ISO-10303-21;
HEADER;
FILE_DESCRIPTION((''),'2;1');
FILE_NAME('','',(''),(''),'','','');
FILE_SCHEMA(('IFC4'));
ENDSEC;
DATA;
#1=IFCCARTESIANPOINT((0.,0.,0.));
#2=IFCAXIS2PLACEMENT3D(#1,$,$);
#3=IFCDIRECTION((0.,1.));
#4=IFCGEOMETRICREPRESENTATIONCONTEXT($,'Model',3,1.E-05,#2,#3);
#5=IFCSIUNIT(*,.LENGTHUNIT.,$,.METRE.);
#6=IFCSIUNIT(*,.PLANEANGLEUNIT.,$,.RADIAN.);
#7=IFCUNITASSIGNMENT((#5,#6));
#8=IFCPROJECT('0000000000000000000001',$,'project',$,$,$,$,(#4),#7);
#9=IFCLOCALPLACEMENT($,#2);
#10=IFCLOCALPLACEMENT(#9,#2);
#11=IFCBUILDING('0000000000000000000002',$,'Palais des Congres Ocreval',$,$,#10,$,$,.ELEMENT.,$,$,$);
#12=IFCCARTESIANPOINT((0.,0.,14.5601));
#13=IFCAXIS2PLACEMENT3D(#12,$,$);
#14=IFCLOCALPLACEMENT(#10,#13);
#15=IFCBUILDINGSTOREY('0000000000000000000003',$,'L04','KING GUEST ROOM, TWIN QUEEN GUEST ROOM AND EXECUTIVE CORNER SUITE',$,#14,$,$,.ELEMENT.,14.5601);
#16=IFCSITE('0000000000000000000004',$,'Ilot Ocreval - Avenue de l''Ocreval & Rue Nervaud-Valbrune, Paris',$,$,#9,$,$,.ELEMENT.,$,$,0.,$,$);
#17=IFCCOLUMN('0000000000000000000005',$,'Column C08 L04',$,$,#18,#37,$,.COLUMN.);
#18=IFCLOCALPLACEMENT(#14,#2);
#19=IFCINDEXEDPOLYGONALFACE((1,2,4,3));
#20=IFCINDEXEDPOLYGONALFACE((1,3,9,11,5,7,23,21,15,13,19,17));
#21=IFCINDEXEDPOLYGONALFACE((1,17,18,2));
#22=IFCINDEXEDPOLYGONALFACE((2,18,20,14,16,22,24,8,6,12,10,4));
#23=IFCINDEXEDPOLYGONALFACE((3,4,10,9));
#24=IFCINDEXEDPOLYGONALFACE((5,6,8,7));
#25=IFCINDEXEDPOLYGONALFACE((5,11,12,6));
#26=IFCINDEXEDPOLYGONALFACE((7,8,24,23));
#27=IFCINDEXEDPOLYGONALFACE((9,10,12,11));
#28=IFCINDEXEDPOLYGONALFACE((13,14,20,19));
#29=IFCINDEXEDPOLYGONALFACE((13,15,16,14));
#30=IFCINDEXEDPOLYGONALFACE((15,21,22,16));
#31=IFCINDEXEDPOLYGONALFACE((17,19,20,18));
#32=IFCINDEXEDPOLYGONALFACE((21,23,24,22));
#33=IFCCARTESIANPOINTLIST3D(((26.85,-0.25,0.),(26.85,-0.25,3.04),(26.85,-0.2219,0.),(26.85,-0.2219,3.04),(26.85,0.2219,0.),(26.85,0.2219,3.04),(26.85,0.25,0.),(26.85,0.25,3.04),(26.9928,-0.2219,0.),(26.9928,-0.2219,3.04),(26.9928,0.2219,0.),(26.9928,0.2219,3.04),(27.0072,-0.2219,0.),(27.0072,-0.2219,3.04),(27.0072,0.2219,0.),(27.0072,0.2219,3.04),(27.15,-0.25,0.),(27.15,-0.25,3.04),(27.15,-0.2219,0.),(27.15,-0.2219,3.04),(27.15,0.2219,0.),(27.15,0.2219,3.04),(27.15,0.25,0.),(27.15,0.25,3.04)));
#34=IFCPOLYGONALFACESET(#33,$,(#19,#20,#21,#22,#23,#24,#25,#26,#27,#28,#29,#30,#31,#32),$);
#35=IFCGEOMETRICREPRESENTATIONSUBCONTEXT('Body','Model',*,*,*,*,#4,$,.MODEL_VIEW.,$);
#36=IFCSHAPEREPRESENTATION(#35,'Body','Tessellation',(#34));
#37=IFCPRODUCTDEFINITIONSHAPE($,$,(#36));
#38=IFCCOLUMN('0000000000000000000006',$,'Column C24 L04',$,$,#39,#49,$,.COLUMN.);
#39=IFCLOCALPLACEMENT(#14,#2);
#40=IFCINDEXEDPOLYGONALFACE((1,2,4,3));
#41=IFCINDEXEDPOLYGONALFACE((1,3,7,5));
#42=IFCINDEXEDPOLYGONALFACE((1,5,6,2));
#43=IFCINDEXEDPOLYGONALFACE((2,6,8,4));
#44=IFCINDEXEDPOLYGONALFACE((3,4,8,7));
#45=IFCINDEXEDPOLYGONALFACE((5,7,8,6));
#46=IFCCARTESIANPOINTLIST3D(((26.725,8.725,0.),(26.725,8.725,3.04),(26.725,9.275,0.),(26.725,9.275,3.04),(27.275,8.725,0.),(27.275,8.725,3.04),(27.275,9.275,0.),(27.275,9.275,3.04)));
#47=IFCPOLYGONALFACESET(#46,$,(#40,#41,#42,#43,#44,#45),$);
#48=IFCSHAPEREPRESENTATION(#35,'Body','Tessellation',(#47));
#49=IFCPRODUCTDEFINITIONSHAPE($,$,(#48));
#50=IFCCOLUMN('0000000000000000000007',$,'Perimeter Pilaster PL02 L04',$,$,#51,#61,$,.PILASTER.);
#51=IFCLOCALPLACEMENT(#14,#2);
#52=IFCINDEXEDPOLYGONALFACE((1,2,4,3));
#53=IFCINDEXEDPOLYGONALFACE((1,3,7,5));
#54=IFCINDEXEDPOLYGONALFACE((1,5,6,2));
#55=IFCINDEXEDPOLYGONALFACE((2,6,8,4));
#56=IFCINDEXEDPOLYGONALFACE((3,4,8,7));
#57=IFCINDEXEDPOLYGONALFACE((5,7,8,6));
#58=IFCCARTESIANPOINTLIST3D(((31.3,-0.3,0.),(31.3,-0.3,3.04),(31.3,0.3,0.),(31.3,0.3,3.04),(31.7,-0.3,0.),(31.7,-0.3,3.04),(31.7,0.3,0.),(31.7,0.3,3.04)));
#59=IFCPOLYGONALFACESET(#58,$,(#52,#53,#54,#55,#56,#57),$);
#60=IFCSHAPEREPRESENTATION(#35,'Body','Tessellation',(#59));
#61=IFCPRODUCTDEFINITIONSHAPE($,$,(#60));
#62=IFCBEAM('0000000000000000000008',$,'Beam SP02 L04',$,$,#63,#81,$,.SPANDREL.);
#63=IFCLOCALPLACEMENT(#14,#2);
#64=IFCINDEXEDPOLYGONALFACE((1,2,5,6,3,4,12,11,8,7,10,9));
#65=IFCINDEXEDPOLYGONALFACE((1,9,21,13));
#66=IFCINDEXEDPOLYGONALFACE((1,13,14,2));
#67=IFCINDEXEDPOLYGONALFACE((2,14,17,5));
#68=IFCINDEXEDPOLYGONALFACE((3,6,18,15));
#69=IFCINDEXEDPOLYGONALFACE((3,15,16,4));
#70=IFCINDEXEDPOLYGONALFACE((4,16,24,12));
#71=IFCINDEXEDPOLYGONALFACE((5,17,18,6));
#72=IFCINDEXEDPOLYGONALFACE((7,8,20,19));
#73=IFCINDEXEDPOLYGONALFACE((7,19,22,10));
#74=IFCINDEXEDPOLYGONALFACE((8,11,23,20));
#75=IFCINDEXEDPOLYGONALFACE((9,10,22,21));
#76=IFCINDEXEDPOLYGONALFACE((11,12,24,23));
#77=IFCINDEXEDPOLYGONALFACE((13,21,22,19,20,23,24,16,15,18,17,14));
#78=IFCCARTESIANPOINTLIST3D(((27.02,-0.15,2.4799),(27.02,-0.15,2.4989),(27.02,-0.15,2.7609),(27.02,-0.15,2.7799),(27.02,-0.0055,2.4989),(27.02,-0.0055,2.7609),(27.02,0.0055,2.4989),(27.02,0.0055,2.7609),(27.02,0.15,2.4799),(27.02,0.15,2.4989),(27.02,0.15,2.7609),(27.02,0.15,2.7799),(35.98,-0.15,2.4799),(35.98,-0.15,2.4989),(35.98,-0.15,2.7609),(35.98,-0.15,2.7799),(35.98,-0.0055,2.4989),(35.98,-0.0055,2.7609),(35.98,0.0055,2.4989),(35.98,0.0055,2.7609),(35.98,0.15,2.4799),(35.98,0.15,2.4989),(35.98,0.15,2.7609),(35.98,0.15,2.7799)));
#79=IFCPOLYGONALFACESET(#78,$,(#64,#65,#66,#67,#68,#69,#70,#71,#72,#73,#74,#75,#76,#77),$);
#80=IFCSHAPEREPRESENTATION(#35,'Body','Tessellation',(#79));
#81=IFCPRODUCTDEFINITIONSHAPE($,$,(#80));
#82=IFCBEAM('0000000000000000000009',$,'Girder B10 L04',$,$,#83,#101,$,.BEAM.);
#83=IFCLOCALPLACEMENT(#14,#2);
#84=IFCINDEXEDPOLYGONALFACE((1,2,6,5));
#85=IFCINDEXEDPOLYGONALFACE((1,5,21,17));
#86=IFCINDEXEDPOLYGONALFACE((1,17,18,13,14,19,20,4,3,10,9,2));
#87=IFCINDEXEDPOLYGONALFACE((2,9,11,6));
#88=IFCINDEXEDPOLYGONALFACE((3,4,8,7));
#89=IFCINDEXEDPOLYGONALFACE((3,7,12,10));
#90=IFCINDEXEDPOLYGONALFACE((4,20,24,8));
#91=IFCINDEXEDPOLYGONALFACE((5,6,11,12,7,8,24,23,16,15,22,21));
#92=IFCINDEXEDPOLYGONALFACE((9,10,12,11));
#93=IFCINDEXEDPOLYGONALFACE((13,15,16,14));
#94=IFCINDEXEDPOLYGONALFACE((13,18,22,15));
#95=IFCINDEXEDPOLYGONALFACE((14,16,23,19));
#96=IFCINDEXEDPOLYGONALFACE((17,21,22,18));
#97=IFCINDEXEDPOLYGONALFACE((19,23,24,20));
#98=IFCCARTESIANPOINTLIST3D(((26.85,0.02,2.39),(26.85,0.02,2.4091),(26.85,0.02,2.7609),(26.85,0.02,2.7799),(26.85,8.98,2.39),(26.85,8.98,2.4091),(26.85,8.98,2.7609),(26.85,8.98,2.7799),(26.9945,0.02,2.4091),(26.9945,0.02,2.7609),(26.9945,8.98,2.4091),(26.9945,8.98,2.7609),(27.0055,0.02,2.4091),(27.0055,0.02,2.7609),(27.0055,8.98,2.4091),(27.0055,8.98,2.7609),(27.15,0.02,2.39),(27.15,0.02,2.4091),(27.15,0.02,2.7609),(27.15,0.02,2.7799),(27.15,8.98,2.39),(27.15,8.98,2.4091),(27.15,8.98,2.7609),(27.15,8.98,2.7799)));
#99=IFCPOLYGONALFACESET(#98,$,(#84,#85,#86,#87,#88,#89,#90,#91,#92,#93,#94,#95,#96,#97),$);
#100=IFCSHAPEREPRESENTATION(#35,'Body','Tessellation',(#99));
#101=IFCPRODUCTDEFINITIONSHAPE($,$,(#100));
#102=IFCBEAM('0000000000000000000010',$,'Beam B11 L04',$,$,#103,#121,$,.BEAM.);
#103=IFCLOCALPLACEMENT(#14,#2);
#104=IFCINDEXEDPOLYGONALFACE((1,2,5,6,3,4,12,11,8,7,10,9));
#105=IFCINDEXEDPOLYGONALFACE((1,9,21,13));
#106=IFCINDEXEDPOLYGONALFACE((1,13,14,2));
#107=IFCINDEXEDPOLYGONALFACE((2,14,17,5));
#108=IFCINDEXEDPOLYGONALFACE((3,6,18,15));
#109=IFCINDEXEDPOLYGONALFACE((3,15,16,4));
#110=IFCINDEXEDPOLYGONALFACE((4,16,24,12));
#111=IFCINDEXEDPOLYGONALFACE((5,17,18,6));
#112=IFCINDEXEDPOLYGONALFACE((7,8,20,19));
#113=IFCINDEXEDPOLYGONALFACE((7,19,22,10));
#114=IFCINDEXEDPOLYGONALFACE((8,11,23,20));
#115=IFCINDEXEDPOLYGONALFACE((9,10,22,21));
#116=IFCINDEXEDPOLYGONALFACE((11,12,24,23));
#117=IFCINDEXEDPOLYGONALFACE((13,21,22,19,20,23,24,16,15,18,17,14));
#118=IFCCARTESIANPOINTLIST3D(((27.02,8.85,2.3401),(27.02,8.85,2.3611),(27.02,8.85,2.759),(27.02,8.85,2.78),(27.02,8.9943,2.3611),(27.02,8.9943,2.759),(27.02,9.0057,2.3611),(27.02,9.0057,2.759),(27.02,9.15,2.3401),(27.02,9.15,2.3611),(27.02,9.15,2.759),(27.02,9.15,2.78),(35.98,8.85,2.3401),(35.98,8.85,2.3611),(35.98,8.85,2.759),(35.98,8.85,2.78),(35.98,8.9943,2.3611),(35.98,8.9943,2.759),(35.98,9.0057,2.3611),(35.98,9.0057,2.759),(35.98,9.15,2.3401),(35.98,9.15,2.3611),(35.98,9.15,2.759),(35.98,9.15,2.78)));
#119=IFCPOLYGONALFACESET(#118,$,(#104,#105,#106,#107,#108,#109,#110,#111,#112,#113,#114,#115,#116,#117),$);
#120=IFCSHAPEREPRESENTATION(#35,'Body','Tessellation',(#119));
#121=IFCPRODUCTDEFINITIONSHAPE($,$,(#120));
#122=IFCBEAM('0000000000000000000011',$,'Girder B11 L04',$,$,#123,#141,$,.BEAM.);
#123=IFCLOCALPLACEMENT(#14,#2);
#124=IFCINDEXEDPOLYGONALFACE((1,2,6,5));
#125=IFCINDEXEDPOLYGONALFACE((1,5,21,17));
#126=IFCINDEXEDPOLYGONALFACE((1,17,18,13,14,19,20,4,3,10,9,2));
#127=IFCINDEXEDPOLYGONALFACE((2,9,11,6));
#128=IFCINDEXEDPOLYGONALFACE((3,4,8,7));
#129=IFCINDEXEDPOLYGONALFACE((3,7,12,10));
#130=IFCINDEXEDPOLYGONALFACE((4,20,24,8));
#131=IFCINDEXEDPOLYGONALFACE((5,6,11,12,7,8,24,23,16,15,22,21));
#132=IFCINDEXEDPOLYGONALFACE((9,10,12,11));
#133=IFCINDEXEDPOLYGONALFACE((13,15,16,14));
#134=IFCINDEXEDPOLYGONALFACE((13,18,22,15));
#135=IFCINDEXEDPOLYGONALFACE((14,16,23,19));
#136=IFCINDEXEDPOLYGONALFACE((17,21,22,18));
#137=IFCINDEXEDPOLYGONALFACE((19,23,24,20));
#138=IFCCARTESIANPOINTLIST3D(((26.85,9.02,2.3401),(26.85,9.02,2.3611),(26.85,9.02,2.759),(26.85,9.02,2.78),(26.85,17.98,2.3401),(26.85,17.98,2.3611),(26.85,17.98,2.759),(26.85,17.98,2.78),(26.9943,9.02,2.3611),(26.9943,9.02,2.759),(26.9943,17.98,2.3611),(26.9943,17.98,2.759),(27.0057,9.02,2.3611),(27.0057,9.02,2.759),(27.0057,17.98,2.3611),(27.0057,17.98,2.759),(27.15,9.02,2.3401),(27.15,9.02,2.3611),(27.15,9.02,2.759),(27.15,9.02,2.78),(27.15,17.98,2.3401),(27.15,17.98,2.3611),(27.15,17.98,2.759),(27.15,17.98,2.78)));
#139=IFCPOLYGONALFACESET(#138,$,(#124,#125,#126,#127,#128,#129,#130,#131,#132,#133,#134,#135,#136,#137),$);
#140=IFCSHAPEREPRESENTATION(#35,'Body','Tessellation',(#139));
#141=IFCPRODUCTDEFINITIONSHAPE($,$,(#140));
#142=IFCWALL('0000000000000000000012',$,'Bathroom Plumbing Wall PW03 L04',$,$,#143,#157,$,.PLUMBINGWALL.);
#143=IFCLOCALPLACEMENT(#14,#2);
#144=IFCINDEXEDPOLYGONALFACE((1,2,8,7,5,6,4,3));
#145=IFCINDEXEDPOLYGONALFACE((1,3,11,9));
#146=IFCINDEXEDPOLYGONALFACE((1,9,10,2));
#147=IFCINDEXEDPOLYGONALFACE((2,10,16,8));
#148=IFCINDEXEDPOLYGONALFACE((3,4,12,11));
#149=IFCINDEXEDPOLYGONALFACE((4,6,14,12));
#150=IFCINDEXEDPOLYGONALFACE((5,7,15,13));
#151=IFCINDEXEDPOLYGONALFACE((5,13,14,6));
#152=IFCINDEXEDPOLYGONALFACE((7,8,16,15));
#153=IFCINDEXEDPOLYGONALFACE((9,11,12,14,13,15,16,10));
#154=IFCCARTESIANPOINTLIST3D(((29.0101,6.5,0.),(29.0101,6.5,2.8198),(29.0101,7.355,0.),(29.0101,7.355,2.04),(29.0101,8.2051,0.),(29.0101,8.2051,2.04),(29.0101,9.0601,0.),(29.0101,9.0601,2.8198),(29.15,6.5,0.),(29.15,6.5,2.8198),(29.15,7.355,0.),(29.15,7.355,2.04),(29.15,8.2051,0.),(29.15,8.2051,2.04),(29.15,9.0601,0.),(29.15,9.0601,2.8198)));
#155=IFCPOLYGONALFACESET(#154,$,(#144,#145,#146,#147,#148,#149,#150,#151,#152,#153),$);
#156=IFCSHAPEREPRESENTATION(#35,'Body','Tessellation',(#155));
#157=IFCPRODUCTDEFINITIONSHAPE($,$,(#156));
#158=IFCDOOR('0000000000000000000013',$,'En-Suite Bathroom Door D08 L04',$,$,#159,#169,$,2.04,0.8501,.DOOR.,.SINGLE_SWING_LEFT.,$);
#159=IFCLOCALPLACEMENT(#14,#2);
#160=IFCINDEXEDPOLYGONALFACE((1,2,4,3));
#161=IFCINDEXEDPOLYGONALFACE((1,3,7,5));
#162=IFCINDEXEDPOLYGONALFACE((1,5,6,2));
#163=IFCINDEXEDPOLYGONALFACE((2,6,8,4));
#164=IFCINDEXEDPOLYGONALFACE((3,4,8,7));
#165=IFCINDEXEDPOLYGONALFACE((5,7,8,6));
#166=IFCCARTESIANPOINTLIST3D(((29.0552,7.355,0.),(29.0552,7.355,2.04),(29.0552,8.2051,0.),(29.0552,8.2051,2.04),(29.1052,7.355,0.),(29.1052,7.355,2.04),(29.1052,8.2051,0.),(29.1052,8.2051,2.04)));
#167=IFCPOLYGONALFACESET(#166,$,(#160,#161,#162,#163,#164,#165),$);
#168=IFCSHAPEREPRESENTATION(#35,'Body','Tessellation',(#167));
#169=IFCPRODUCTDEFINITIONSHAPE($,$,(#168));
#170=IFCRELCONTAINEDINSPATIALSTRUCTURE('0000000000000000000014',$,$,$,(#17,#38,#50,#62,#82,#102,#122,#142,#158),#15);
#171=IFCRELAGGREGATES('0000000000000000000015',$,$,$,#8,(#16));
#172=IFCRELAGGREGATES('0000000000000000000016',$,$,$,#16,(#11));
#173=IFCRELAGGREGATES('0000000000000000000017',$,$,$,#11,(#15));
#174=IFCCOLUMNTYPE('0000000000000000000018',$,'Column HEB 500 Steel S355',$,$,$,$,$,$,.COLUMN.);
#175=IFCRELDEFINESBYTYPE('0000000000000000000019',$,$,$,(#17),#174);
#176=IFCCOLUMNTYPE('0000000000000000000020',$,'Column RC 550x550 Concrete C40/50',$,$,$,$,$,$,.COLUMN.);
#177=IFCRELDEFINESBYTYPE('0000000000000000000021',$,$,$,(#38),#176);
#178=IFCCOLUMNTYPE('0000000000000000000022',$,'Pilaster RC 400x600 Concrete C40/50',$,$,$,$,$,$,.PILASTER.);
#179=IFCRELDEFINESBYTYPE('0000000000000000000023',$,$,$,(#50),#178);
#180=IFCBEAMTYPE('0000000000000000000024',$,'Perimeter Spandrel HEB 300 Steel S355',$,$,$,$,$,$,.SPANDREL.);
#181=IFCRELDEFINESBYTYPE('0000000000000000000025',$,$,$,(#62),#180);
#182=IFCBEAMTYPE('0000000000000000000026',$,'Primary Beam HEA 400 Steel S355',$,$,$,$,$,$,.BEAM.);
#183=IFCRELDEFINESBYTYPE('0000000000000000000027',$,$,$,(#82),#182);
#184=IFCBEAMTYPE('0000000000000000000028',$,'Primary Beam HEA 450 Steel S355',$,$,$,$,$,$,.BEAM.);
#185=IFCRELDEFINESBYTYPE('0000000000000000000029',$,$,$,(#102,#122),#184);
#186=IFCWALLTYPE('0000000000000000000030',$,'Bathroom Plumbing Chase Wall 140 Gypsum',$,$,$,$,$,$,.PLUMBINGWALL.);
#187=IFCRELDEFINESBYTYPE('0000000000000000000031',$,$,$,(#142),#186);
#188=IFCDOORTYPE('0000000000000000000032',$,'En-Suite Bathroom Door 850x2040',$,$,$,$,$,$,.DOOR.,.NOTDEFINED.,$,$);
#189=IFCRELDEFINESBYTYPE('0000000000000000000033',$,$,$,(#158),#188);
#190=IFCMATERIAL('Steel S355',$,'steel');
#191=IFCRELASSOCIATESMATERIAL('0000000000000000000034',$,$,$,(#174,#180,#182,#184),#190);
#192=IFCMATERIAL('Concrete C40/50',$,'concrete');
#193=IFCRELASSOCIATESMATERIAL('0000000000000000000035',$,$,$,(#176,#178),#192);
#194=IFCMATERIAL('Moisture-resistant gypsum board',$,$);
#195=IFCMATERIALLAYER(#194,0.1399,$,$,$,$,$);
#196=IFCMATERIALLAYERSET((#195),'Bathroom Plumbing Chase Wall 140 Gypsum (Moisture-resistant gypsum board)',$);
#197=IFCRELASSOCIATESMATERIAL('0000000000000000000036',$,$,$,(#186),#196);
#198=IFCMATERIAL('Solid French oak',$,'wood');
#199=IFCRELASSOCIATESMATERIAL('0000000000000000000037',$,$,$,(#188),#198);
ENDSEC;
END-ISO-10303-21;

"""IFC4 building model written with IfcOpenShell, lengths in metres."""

from ifc_helpers import new_model, si_unit, direction, frame, frame_2d, origin, origin_2d, place, context, subcontext, project, spatial, rectangle, i_section, extrude, material, layer, layer_set, material_profile, profile_set, type_object, element, fill, save


model = new_model("IFC4")

# Units and contexts
model_context = context("Model", 3, precision=1e-05, world=origin(), true_north=direction((0.0, 1.0)))
body_context = subcontext(model_context, "Body", "Model", "MODEL_VIEW")
ifc_project = project(units=[si_unit("LENGTHUNIT", "METRE"), si_unit("PLANEANGLEUNIT", "RADIAN")], contexts=[model_context])

# Site, building, storey
site_placement = place(None, origin())
site = spatial("IfcSite", under=ifc_project, at=site_placement, Name="Ilot Ocreval - Avenue de l'Ocreval & Rue Nervaud-Valbrune, Paris", CompositionType="ELEMENT", RefElevation=0.0)
building_placement = place(site_placement, origin())
building = spatial("IfcBuilding", under=site, at=building_placement, Name="Palais des Congres Ocreval", CompositionType="ELEMENT")
storey_placement = place(building_placement, frame((0.0, 0.0, 14.5601)))
storey = spatial("IfcBuildingStorey", under=building, at=storey_placement, Name="L04", Description="KING GUEST ROOM, TWIN QUEEN GUEST ROOM AND EXECUTIVE CORNER SUITE", CompositionType="ELEMENT", Elevation=14.5601)

# Columns
ifc_material_1 = material(Name="Steel S355", Category="steel")
ifc_material_profile_1 = material_profile(ifc_material_1, i_section(OverallWidth=0.3, OverallDepth=0.5, WebThickness=0.0144, FlangeThickness=0.0281, at=origin_2d()), Name="HEB 500")
ifc_profile_set_1 = profile_set([ifc_material_profile_1], Name="Steel S355")
column_type_1 = type_object("IfcColumnType", Name="Column HEB 500 Steel S355", PredefinedType="COLUMN", material=ifc_profile_set_1)
column_1_placement = place(storey_placement, frame((27.0, 0.0, 0.0), z_axis=(0.0, 0.0, 1.0), x_axis=(1.0, 0.0, 0.0)))
element("IfcColumn", 1, at=column_1_placement, inside=storey, type_object=column_type_1, Name="Column C08 L04", PredefinedType="COLUMN", context=body_context, shape_type="SweptSolid", body=[
    extrude(i_section(OverallWidth=0.3, OverallDepth=0.5, WebThickness=0.0144, FlangeThickness=0.0281, at=origin_2d()), origin(), (0.0, 0.0, 1.0), 3.04),
])
ifc_material_2 = material(Name="Concrete C40/50", Category="concrete")
ifc_material_profile_2 = material_profile(ifc_material_2, rectangle(XDim=0.55, YDim=0.55, at=origin_2d()), Name="RC 550x550")
ifc_profile_set_2 = profile_set([ifc_material_profile_2], Name="Concrete C40/50")
column_type_2 = type_object("IfcColumnType", Name="Column RC 550x550 Concrete C40/50", PredefinedType="COLUMN", material=ifc_profile_set_2)
column_2_placement = place(storey_placement, frame((27.0, 9.0, 0.0), z_axis=(0.0, 0.0, 1.0), x_axis=(1.0, 0.0, 0.0)))
element("IfcColumn", 2, at=column_2_placement, inside=storey, type_object=column_type_2, Name="Column C24 L04", PredefinedType="COLUMN", context=body_context, shape_type="SweptSolid", body=[
    extrude(rectangle(XDim=0.55, YDim=0.55, at=origin_2d()), origin(), (0.0, 0.0, 1.0), 3.04),
])
ifc_material_profile_3 = material_profile(ifc_material_2, rectangle(XDim=0.3999, YDim=0.6001, at=origin_2d()), Name="RC 400x600")
ifc_profile_set_3 = profile_set([ifc_material_profile_3], Name="Concrete C40/50")
column_type_3 = type_object("IfcColumnType", Name="Pilaster RC 400x600 Concrete C40/50", PredefinedType="PILASTER", material=ifc_profile_set_3)
column_3_placement = place(storey_placement, frame((31.5, 0.0, 0.0), z_axis=(0.0, 0.0, 1.0), x_axis=(1.0, 0.0, 0.0)))
element("IfcColumn", 3, at=column_3_placement, inside=storey, type_object=column_type_3, Name="Perimeter Pilaster PL02 L04", PredefinedType="PILASTER", context=body_context, shape_type="SweptSolid", body=[
    extrude(rectangle(XDim=0.3999, YDim=0.6001, at=origin_2d()), origin(), (0.0, 0.0, 1.0), 3.04),
])

# Beams
ifc_material_profile_4 = material_profile(ifc_material_1, i_section(OverallWidth=0.3, OverallDepth=0.3, WebThickness=0.011, FlangeThickness=0.019, at=origin_2d()), Name="HEB 300")
ifc_profile_set_4 = profile_set([ifc_material_profile_4], Name="Steel S355")
beam_type_1 = type_object("IfcBeamType", Name="Perimeter Spandrel HEB 300 Steel S355", PredefinedType="SPANDREL", material=ifc_profile_set_4)
beam_1_placement = place(storey_placement, frame((27.02, 0.0, 2.6299), z_axis=(1.0, 0.0, 0.0), x_axis=(0.0, 1.0, 0.0)))
element("IfcBeam", 4, at=beam_1_placement, inside=storey, type_object=beam_type_1, Name="Beam SP02 L04", PredefinedType="SPANDREL", context=body_context, shape_type="SweptSolid", body=[
    extrude(i_section(OverallWidth=0.3, OverallDepth=0.3, WebThickness=0.011, FlangeThickness=0.019, at=origin_2d()), origin(), (0.0, 0.0, 1.0), 8.96),
])
ifc_material_profile_5 = material_profile(ifc_material_1, i_section(OverallWidth=0.3, OverallDepth=0.3899, WebThickness=0.011, FlangeThickness=0.019, at=origin_2d()), Name="HEA 400")
ifc_profile_set_5 = profile_set([ifc_material_profile_5], Name="Steel S355")
beam_type_2 = type_object("IfcBeamType", Name="Primary Beam HEA 400 Steel S355", PredefinedType="BEAM", material=ifc_profile_set_5)
beam_2_placement = place(storey_placement, frame((27.0, 0.02, 2.585), z_axis=(0.0, 1.0, 0.0), x_axis=(-1.0, 0.0, 0.0)))
element("IfcBeam", 5, at=beam_2_placement, inside=storey, type_object=beam_type_2, Name="Girder B10 L04", PredefinedType="BEAM", context=body_context, shape_type="SweptSolid", body=[
    extrude(i_section(OverallWidth=0.3, OverallDepth=0.3899, WebThickness=0.011, FlangeThickness=0.019, at=origin_2d()), origin(), (0.0, 0.0, 1.0), 8.96),
])
ifc_material_profile_6 = material_profile(ifc_material_1, i_section(OverallWidth=0.3, OverallDepth=0.4399, WebThickness=0.0115, FlangeThickness=0.021, at=origin_2d()), Name="HEA 450")
ifc_profile_set_6 = profile_set([ifc_material_profile_6], Name="Steel S355")
beam_type_3 = type_object("IfcBeamType", Name="Primary Beam HEA 450 Steel S355", PredefinedType="BEAM", material=ifc_profile_set_6)
for number, where, z_axis, x_axis, name in (
    (6, (27.02, 9.0, 2.5601), (1.0, 0.0, 0.0), (0.0, 1.0, 0.0), "Beam B11 L04"),
    (7, (27.0, 9.02, 2.5601), (0.0, 1.0, 0.0), (-1.0, 0.0, 0.0), "Girder B11 L04"),
):
    element("IfcBeam", number, at=place(storey_placement, frame(where, z_axis=z_axis, x_axis=x_axis)), inside=storey, type_object=beam_type_3, Name=name, PredefinedType="BEAM", context=body_context, shape_type="SweptSolid", body=[
        extrude(i_section(OverallWidth=0.3, OverallDepth=0.4399, WebThickness=0.0115, FlangeThickness=0.021, at=origin_2d()), origin(), (0.0, 0.0, 1.0), 8.96),
    ])

# Wall, opening, door
ifc_material_3 = material(Name="Moisture-resistant gypsum board")
ifc_layer_1 = layer(ifc_material_3, 0.1399)
ifc_layer_set_1 = layer_set([ifc_layer_1], Name="Bathroom Plumbing Chase Wall 140 Gypsum (Moisture-resistant gypsum board)")
wall_type_1 = type_object("IfcWallType", Name="Bathroom Plumbing Chase Wall 140 Gypsum", PredefinedType="PLUMBINGWALL", material=ifc_layer_set_1)
wall_1_placement = place(storey_placement, frame((29.0801, 6.5, 0.0), z_axis=(0.0, 0.0, 1.0), x_axis=(0.0, 1.0, 0.0)))
wall_1 = element("IfcWall", 8, at=wall_1_placement, inside=storey, type_object=wall_type_1, Name="Bathroom Plumbing Wall PW03 L04", PredefinedType="PLUMBINGWALL", context=body_context, shape_type="SweptSolid", body=[
    extrude(rectangle(XDim=2.5601, YDim=0.1399, at=frame_2d((1.28, 0.0))), origin(), (0.0, 0.0, 1.0), 2.8198),
])
opening_1_placement = place(wall_1_placement, frame((0.855, 0.0, 0.0)))
opening_1 = element("IfcOpeningElement", 9, at=opening_1_placement, cuts=wall_1, PredefinedType="OPENING", context=body_context, shape_type="SweptSolid", body=[
    extrude(rectangle(XDim=0.8501, YDim=2.04, at=frame_2d((0.425, 1.02))), frame((0.0, 0.0798, 0.0), z_axis=(0.0, -1.0, 0.0), x_axis=(1.0, 0.0, 0.0)), (0.0, 0.0, 1.0), 0.1599),
])
ifc_material_4 = material(Name="Solid French oak", Category="wood")
door_type_1 = type_object("IfcDoorType", Name="En-Suite Bathroom Door 850x2040", OperationType="NOTDEFINED", PredefinedType="DOOR", material=ifc_material_4)
door_1_placement = place(opening_1_placement, origin())
door_1 = element("IfcDoor", 10, at=door_1_placement, inside=storey, type_object=door_type_1, Name="En-Suite Bathroom Door D08 L04", OperationType="SINGLE_SWING_LEFT", OverallHeight=2.04, OverallWidth=0.8501, PredefinedType="DOOR", context=body_context, shape_type="SweptSolid", body=[
    extrude(rectangle(XDim=0.8501, YDim=2.04, at=frame_2d((0.425, 1.02))), frame((0.0, 0.0249, 0.0), z_axis=(0.0, -1.0, 0.0), x_axis=(1.0, 0.0, 0.0)), (0.0, 0.0, 1.0), 0.05),
])
fill(opening_1, door_1)

save(model, "model.ifc")
